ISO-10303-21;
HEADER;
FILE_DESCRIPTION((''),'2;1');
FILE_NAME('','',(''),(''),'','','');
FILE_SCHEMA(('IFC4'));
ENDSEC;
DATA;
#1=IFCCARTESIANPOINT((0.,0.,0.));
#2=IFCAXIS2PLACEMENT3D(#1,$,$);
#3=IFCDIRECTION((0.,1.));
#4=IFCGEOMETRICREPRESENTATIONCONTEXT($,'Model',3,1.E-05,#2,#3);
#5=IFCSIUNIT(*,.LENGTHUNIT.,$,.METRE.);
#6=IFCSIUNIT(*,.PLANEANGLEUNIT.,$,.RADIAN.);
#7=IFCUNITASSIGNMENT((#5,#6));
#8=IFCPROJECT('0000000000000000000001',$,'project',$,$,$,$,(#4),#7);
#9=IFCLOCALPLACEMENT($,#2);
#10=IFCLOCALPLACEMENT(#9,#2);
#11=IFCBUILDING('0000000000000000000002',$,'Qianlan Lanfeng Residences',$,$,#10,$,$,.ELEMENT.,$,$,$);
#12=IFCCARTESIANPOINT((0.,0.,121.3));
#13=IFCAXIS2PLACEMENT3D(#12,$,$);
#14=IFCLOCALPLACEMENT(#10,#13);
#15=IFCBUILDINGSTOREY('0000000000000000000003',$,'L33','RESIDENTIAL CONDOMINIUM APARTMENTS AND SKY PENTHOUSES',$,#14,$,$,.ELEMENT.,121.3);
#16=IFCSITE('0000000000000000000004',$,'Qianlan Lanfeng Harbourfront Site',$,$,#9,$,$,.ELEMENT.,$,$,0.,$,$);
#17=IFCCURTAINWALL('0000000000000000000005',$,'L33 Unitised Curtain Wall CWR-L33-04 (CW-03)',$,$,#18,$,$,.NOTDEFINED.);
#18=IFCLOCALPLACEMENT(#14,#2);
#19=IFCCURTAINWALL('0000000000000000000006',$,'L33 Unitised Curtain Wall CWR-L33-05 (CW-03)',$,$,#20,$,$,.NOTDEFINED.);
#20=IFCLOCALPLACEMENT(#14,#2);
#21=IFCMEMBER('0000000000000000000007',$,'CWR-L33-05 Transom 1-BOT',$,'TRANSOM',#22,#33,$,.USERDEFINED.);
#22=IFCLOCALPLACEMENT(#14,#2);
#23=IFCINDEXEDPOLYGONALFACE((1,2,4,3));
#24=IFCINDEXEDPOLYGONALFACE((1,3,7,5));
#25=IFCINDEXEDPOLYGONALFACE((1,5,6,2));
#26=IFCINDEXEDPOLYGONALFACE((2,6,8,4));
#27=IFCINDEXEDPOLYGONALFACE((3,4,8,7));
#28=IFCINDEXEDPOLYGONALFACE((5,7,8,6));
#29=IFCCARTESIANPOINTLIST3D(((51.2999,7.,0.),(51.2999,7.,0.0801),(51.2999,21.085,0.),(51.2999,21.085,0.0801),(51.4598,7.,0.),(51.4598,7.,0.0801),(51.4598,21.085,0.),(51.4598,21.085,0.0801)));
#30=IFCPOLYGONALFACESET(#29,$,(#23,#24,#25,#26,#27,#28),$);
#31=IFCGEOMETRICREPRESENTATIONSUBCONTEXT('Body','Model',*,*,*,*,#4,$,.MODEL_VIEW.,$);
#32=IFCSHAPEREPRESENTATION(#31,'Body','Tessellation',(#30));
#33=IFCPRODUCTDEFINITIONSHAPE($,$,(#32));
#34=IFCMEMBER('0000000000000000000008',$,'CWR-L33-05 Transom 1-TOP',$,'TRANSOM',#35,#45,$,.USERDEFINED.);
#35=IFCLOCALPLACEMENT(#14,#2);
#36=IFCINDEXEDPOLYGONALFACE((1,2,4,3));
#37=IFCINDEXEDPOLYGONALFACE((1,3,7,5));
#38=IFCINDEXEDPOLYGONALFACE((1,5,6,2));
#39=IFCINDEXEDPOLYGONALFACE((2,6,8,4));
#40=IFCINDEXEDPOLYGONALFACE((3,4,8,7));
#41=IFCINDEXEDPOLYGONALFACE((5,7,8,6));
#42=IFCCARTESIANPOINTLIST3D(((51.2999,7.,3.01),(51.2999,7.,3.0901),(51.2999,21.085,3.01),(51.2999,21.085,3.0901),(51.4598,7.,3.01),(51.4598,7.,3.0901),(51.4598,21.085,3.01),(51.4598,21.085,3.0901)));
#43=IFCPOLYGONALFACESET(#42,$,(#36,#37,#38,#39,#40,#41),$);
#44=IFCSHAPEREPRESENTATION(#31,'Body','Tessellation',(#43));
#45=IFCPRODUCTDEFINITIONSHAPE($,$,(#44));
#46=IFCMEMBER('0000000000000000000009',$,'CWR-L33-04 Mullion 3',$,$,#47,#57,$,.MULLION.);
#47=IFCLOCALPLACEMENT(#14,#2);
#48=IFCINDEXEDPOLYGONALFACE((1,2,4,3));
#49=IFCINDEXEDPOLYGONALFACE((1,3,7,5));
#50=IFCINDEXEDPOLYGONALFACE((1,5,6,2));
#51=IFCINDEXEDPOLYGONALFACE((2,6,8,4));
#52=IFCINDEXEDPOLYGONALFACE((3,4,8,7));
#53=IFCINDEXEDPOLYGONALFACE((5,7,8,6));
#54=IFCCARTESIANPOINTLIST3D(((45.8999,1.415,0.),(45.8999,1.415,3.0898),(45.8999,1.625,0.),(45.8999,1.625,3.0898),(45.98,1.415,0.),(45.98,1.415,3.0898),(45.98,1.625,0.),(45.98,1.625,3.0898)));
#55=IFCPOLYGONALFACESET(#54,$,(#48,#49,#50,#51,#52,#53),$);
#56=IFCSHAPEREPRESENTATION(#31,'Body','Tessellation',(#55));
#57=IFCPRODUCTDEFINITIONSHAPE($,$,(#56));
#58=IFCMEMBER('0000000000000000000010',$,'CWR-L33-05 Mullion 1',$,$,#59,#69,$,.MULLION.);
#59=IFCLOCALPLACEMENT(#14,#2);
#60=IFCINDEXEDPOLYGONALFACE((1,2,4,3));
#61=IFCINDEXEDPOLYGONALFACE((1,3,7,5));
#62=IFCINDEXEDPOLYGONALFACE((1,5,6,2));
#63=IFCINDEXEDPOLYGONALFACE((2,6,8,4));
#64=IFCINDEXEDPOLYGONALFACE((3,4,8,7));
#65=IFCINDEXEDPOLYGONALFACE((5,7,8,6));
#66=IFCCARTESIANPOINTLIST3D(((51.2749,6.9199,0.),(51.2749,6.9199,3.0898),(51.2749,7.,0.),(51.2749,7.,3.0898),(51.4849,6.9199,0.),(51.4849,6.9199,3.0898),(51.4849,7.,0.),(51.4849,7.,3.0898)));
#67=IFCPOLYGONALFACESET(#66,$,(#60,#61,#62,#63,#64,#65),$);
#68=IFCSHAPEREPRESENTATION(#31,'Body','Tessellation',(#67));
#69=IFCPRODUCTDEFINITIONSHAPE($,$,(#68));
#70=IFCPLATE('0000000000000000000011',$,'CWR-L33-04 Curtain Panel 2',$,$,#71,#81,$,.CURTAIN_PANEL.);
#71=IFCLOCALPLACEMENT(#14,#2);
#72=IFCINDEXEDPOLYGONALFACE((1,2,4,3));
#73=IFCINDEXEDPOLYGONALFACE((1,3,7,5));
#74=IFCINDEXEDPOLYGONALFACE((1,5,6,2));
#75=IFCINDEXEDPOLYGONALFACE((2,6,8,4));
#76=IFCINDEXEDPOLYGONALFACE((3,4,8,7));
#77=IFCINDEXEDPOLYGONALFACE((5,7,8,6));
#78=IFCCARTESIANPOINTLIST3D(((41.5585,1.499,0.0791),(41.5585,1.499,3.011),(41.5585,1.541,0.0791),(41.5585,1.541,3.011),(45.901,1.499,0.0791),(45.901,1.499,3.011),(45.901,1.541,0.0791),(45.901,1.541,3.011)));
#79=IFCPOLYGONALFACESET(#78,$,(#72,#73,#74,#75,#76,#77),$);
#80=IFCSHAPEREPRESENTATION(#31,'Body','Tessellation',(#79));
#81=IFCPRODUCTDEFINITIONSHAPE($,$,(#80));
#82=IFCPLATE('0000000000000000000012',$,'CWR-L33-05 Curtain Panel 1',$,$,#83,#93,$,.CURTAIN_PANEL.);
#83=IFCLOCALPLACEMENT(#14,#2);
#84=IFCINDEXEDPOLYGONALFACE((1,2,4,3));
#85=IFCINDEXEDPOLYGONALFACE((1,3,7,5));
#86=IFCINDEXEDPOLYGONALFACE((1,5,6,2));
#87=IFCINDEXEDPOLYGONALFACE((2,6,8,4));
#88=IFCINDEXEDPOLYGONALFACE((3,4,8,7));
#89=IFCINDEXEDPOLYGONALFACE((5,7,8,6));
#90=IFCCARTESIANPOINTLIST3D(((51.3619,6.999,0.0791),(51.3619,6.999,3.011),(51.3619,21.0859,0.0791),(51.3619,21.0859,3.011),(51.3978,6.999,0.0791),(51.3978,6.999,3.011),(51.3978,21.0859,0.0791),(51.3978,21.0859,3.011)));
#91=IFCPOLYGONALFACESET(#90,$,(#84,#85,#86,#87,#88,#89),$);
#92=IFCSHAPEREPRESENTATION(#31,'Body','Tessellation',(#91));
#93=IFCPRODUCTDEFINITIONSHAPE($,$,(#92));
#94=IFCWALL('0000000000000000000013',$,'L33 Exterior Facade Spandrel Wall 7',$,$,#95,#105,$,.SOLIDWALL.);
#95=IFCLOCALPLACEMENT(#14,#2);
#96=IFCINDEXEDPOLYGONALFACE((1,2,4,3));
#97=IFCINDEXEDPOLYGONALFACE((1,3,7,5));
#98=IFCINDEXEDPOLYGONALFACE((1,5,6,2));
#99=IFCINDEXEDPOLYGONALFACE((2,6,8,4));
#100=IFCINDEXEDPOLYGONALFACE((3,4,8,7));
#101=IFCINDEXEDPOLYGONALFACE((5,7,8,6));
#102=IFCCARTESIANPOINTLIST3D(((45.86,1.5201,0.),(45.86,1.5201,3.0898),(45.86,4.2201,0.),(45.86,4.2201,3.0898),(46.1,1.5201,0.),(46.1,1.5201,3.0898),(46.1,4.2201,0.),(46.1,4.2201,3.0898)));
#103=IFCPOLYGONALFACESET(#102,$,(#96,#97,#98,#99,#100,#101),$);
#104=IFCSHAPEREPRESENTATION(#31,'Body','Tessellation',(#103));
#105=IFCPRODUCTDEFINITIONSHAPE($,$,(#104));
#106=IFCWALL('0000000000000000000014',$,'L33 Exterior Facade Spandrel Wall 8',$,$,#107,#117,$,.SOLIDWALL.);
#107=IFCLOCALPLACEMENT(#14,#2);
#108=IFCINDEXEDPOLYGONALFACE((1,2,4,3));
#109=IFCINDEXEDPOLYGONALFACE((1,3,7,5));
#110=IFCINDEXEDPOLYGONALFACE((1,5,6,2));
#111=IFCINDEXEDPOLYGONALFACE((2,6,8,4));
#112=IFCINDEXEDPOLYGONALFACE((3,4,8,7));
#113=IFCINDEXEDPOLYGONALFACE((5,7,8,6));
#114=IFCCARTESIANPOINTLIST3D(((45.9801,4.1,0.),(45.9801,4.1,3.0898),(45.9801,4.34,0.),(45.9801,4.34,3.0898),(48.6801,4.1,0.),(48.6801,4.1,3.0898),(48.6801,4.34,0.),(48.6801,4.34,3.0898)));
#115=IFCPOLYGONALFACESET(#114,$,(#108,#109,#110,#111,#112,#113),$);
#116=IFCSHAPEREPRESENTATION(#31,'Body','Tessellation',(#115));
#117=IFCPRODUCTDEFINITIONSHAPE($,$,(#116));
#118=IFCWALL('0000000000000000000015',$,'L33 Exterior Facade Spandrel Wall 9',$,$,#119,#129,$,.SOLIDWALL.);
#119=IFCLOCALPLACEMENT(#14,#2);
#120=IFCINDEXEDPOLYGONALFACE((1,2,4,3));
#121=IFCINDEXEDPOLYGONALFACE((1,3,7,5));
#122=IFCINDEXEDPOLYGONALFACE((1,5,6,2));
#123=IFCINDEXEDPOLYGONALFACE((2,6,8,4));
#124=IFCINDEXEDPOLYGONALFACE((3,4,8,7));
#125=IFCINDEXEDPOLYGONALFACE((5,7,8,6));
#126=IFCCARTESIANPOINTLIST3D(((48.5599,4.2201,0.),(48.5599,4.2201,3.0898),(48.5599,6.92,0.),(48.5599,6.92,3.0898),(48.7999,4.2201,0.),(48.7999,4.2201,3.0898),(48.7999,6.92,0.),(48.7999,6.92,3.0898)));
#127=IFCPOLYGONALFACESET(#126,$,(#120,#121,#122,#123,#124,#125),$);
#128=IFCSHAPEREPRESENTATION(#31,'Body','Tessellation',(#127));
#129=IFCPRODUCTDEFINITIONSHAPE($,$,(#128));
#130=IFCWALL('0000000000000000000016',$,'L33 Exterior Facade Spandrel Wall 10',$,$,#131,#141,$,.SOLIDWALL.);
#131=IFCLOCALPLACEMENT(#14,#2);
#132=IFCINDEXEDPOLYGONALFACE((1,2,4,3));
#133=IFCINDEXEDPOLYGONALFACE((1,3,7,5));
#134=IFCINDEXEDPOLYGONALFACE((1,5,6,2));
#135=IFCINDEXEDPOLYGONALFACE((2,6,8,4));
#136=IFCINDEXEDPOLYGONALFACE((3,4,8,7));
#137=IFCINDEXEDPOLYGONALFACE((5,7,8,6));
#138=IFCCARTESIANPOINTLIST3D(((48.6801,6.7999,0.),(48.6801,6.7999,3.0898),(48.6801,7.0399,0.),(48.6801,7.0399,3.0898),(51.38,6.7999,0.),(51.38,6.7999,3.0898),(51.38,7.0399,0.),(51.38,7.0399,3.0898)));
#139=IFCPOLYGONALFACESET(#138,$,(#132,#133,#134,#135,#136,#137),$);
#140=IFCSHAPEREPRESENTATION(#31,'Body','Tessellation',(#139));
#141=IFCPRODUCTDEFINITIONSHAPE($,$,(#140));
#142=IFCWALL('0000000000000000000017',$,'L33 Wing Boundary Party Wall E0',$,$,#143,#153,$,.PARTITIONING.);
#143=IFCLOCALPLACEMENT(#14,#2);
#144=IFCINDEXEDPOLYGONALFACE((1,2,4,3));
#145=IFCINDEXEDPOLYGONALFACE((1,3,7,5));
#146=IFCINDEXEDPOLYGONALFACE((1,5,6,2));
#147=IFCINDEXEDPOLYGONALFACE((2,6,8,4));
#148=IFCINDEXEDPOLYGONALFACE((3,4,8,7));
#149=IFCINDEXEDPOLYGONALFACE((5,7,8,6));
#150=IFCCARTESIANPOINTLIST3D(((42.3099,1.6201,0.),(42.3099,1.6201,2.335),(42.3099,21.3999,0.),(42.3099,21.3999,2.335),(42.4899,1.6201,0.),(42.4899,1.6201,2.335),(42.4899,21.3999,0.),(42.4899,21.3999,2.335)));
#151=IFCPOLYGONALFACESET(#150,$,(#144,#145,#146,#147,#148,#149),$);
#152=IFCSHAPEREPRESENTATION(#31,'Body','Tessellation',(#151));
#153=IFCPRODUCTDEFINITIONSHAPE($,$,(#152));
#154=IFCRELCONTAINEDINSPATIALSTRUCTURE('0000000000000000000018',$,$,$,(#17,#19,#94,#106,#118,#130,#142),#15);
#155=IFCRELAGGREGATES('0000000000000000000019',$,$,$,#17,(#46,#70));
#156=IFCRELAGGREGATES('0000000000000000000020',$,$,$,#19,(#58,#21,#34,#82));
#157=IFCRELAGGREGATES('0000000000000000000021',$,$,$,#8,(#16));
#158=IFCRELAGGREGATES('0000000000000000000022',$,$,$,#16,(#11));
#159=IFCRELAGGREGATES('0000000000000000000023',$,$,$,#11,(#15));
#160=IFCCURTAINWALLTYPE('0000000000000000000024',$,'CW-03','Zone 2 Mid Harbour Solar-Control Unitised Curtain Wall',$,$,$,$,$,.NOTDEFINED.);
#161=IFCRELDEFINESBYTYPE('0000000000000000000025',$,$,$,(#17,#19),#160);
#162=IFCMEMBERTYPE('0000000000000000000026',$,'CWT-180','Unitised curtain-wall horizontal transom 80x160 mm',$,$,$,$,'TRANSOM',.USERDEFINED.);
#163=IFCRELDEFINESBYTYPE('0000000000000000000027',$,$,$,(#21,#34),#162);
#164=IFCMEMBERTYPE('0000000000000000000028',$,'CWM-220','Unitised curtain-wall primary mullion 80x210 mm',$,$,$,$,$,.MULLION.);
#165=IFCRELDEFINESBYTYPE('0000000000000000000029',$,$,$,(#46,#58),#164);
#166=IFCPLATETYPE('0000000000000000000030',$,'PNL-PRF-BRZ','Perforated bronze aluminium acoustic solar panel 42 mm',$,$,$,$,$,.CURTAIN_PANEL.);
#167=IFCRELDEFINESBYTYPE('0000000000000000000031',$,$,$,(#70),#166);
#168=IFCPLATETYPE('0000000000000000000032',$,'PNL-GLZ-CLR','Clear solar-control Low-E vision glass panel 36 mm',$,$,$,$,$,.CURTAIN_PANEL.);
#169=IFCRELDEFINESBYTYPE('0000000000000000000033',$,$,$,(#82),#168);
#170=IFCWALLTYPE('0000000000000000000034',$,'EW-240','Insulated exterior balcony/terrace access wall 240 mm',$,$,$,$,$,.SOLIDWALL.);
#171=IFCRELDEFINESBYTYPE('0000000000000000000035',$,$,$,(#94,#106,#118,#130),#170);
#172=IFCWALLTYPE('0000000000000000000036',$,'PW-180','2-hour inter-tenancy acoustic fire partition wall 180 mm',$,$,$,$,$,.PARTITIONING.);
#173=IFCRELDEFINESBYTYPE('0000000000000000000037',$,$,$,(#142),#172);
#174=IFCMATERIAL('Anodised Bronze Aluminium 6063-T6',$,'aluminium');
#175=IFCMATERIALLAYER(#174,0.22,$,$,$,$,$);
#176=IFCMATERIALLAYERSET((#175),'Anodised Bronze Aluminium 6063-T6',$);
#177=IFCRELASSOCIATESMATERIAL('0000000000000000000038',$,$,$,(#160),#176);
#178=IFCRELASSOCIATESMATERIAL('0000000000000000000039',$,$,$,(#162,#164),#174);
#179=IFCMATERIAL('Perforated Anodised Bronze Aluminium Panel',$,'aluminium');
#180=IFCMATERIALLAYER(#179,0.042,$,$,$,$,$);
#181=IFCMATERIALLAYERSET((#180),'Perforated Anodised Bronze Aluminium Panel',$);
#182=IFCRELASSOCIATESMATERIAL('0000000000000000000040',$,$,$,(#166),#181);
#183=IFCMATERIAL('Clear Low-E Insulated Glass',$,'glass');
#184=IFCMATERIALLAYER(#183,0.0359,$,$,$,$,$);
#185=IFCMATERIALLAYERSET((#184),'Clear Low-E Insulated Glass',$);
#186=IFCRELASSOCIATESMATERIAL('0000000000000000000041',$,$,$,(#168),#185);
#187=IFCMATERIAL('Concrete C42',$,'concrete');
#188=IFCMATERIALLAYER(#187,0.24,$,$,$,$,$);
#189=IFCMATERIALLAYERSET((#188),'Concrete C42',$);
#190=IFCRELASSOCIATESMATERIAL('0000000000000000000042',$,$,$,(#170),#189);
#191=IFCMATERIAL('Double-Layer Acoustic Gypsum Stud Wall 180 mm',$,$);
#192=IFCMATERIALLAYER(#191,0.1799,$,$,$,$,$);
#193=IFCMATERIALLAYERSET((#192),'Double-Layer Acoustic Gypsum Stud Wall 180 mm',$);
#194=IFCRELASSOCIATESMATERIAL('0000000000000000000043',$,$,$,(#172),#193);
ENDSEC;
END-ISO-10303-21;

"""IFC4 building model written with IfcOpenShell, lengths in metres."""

from ifc_helpers import new_model, si_unit, direction, frame, frame_2d, origin, origin_2d, place, context, subcontext, project, spatial, rectangle, extrude, source, transform, mapped, material, layer, layer_set, material_profile, profile_set, type_object, element, aggregate, save


model = new_model("IFC4")

# Units and contexts
model_context = context("Model", 3, precision=1e-05, world=origin(), true_north=direction((0.0, 1.0)))
body_context = subcontext(model_context, "Body", "Model", "MODEL_VIEW")
ifc_project = project(units=[si_unit("LENGTHUNIT", "METRE"), si_unit("PLANEANGLEUNIT", "RADIAN")], contexts=[model_context])

# Site, building, storey
site_placement = place(None, origin())
site = spatial("IfcSite", under=ifc_project, at=site_placement, Name="Qianlan Lanfeng Harbourfront Site", CompositionType="ELEMENT", RefElevation=0.0)
building_placement = place(site_placement, origin())
building = spatial("IfcBuilding", under=site, at=building_placement, Name="Qianlan Lanfeng Residences", CompositionType="ELEMENT")
storey_placement = place(building_placement, frame((0.0, 0.0, 121.3)))
storey = spatial("IfcBuildingStorey", under=building, at=storey_placement, Name="L33", Description="RESIDENTIAL CONDOMINIUM APARTMENTS AND SKY PENTHOUSES", CompositionType="ELEMENT", Elevation=121.3)

# Curtain wall
ifc_material_1 = material(Name="Anodised Bronze Aluminium 6063-T6", Category="aluminium")
ifc_layer_1 = layer(ifc_material_1, 0.22)
ifc_layer_set_1 = layer_set([ifc_layer_1], Name="Anodised Bronze Aluminium 6063-T6")
curtain_wall_type = type_object("IfcCurtainWallType", Name="CW-03", Description="Zone 2 Mid Harbour Solar-Control Unitised Curtain Wall", PredefinedType="NOTDEFINED", material=ifc_layer_set_1)
curtain_wall_1_placement = place(storey_placement, origin())
curtain_wall_1 = element("IfcCurtainWall", 1, at=curtain_wall_1_placement, inside=storey, type_object=curtain_wall_type, Name="L33 Unitised Curtain Wall CWR-L33-04 (CW-03)", PredefinedType="NOTDEFINED")
ifc_material_profile_1 = material_profile(ifc_material_1, rectangle(XDim=0.0801, YDim=0.1599, at=origin_2d()), Name="ALU TRANSOM 80x160")
ifc_profile_set_1 = profile_set([ifc_material_profile_1], Name="Anodised Bronze Aluminium 6063-T6")
member_type_1 = type_object("IfcMemberType", Name="CWT-180", Description="Unitised curtain-wall horizontal transom 80x160 mm", ElementType="TRANSOM", PredefinedType="USERDEFINED", material=ifc_profile_set_1)

# Curtain wall, members
curtain_wall_2_placement = place(storey_placement, origin())
curtain_wall_2 = element("IfcCurtainWall", 2, at=curtain_wall_2_placement, inside=storey, type_object=curtain_wall_type, Name="L33 Unitised Curtain Wall CWR-L33-05 (CW-03)", PredefinedType="NOTDEFINED")
shared_shape_1 = source(origin(), body_context, "Body", "SweptSolid", [
    extrude(rectangle(XDim=0.0801, YDim=0.1599, at=origin_2d()), origin(), (0.0, 0.0, 1.0), 14.085),
])
member_1_placement = place(storey_placement, frame((51.3799, 7.0, 0.04), z_axis=(0.0, 1.0, 0.0), x_axis=(0.0, 0.0, 1.0)))
member_1 = element("IfcMember", 3, at=member_1_placement, type_object=member_type_1, Name="CWR-L33-05 Transom 1-BOT", ObjectType="TRANSOM", PredefinedType="USERDEFINED", context=body_context, shape_type="MappedRepresentation", body=[
    mapped(shared_shape_1, transform((0.0, 0.0, 0.0), scale=1.0)),
])
member_2_placement = place(storey_placement, frame((51.3799, 7.0, 3.05), z_axis=(0.0, 1.0, 0.0), x_axis=(0.0, 0.0, 1.0)))
member_2 = element("IfcMember", 4, at=member_2_placement, type_object=member_type_1, Name="CWR-L33-05 Transom 1-TOP", ObjectType="TRANSOM", PredefinedType="USERDEFINED", context=body_context, shape_type="MappedRepresentation", body=[
    mapped(shared_shape_1, transform((0.0, 0.0, 0.0), scale=1.0)),
])

# Members
ifc_material_profile_2 = material_profile(ifc_material_1, rectangle(XDim=0.0801, YDim=0.21, at=origin_2d()), Name="ALU MULLION 80x210")
ifc_profile_set_2 = profile_set([ifc_material_profile_2], Name="Anodised Bronze Aluminium 6063-T6")
member_type_2 = type_object("IfcMemberType", Name="CWM-220", Description="Unitised curtain-wall primary mullion 80x210 mm", PredefinedType="MULLION", material=ifc_profile_set_2)
shared_shape_2 = source(origin(), body_context, "Body", "SweptSolid", [
    extrude(rectangle(XDim=0.0801, YDim=0.21, at=origin_2d()), origin(), (0.0, 0.0, 1.0), 3.0898),
])
member_3_placement = place(storey_placement, frame((45.9399, 1.52, 0.0), z_axis=(0.0, 0.0, 1.0), x_axis=(1.0, 0.0, 0.0)))
member_3 = element("IfcMember", 5, at=member_3_placement, type_object=member_type_2, Name="CWR-L33-04 Mullion 3", PredefinedType="MULLION", context=body_context, shape_type="MappedRepresentation", body=[
    mapped(shared_shape_2, transform((0.0, 0.0, 0.0), scale=1.0)),
])
member_4_placement = place(storey_placement, frame((51.3799, 6.96, 0.0), z_axis=(0.0, 0.0, 1.0), x_axis=(0.0, 1.0, 0.0)))
member_4 = element("IfcMember", 6, at=member_4_placement, type_object=member_type_2, Name="CWR-L33-05 Mullion 1", PredefinedType="MULLION", context=body_context, shape_type="MappedRepresentation", body=[
    mapped(shared_shape_2, transform((0.0, 0.0, 0.0), scale=1.0)),
])

# Plates
ifc_material_2 = material(Name="Perforated Anodised Bronze Aluminium Panel", Category="aluminium")
ifc_layer_2 = layer(ifc_material_2, 0.042)
ifc_layer_set_2 = layer_set([ifc_layer_2], Name="Perforated Anodised Bronze Aluminium Panel")
plate_type_1 = type_object("IfcPlateType", Name="PNL-PRF-BRZ", Description="Perforated bronze aluminium acoustic solar panel 42 mm", PredefinedType="CURTAIN_PANEL", material=ifc_layer_set_2)
shared_shape_3 = source(origin(), body_context, "Body", "SweptSolid", [
    extrude(rectangle(XDim=4.3425, YDim=0.042, at=origin_2d()), origin(), (0.0, 0.0, 1.0), 2.9319),
])
plate_1_placement = place(storey_placement, frame((43.7297, 1.52, 0.0791), z_axis=(0.0, 0.0, 1.0), x_axis=(1.0, 0.0, 0.0)))
plate_1 = element("IfcPlate", 7, at=plate_1_placement, type_object=plate_type_1, Name="CWR-L33-04 Curtain Panel 2", PredefinedType="CURTAIN_PANEL", context=body_context, shape_type="MappedRepresentation", body=[
    mapped(shared_shape_3, transform((0.0, 0.0, 0.0), scale=1.0)),
])
aggregate(curtain_wall_1, [member_3, plate_1])
ifc_material_3 = material(Name="Clear Low-E Insulated Glass", Category="glass")
ifc_layer_3 = layer(ifc_material_3, 0.0359)
ifc_layer_set_3 = layer_set([ifc_layer_3], Name="Clear Low-E Insulated Glass")
plate_type_2 = type_object("IfcPlateType", Name="PNL-GLZ-CLR", Description="Clear solar-control Low-E vision glass panel 36 mm", PredefinedType="CURTAIN_PANEL", material=ifc_layer_set_3)
shared_shape_4 = source(origin(), body_context, "Body", "SweptSolid", [
    extrude(rectangle(XDim=14.0869, YDim=0.0359, at=origin_2d()), origin(), (0.0, 0.0, 1.0), 2.9319),
])
plate_2_placement = place(storey_placement, frame((51.3799, 14.0425, 0.0791), z_axis=(0.0, 0.0, 1.0), x_axis=(0.0, 1.0, 0.0)))
plate_2 = element("IfcPlate", 8, at=plate_2_placement, type_object=plate_type_2, Name="CWR-L33-05 Curtain Panel 1", PredefinedType="CURTAIN_PANEL", context=body_context, shape_type="MappedRepresentation", body=[
    mapped(shared_shape_4, transform((0.0, 0.0, 0.0), scale=1.0)),
])
aggregate(curtain_wall_2, [member_4, member_1, member_2, plate_2])

# Walls
ifc_material_4 = material(Name="Concrete C42", Category="concrete")
ifc_layer_4 = layer(ifc_material_4, 0.24)
ifc_layer_set_4 = layer_set([ifc_layer_4], Name="Concrete C42")
wall_type_1 = type_object("IfcWallType", Name="EW-240", Description="Insulated exterior balcony/terrace access wall 240 mm", PredefinedType="SOLIDWALL", material=ifc_layer_set_4)
for number, where, z_axis, x_axis, name in (
    (9, (45.98, 1.52, 0.0), (0.0, 0.0, 1.0), (0.0, 1.0, 0.0), "L33 Exterior Facade Spandrel Wall 7"),
    (10, (45.98, 4.22, 0.0), (0.0, 0.0, 1.0), (1.0, 0.0, 0.0), "L33 Exterior Facade Spandrel Wall 8"),
    (11, (48.6799, 4.22, 0.0), (0.0, 0.0, 1.0), (0.0, 1.0, 0.0), "L33 Exterior Facade Spandrel Wall 9"),
    (12, (48.6799, 6.9199, 0.0), (0.0, 0.0, 1.0), (1.0, 0.0, 0.0), "L33 Exterior Facade Spandrel Wall 10"),
):
    element("IfcWall", number, at=place(storey_placement, frame(where, z_axis=z_axis, x_axis=x_axis)), inside=storey, type_object=wall_type_1, Name=name, PredefinedType="SOLIDWALL", context=body_context, shape_type="SweptSolid", body=[
        extrude(rectangle(XDim=2.7, YDim=0.24, at=frame_2d((1.3501, 0.0))), origin(), (0.0, 0.0, 1.0), 3.0898),
    ])
ifc_material_5 = material(Name="Double-Layer Acoustic Gypsum Stud Wall 180 mm")
ifc_layer_5 = layer(ifc_material_5, 0.1799)
ifc_layer_set_5 = layer_set([ifc_layer_5], Name="Double-Layer Acoustic Gypsum Stud Wall 180 mm")
wall_type_2 = type_object("IfcWallType", Name="PW-180", Description="2-hour inter-tenancy acoustic fire partition wall 180 mm", PredefinedType="PARTITIONING", material=ifc_layer_set_5)
wall_placement = place(storey_placement, frame((42.3999, 1.6201, 0.0), z_axis=(0.0, 0.0, 1.0), x_axis=(0.0, 1.0, 0.0)))
element("IfcWall", 13, at=wall_placement, inside=storey, type_object=wall_type_2, Name="L33 Wing Boundary Party Wall E0", PredefinedType="PARTITIONING", context=body_context, shape_type="SweptSolid", body=[
    extrude(rectangle(XDim=19.7798, YDim=0.1799, at=frame_2d((9.8899, 0.0))), origin(), (0.0, 0.0, 1.0), 2.335),
])

save(model, "model.ifc")
